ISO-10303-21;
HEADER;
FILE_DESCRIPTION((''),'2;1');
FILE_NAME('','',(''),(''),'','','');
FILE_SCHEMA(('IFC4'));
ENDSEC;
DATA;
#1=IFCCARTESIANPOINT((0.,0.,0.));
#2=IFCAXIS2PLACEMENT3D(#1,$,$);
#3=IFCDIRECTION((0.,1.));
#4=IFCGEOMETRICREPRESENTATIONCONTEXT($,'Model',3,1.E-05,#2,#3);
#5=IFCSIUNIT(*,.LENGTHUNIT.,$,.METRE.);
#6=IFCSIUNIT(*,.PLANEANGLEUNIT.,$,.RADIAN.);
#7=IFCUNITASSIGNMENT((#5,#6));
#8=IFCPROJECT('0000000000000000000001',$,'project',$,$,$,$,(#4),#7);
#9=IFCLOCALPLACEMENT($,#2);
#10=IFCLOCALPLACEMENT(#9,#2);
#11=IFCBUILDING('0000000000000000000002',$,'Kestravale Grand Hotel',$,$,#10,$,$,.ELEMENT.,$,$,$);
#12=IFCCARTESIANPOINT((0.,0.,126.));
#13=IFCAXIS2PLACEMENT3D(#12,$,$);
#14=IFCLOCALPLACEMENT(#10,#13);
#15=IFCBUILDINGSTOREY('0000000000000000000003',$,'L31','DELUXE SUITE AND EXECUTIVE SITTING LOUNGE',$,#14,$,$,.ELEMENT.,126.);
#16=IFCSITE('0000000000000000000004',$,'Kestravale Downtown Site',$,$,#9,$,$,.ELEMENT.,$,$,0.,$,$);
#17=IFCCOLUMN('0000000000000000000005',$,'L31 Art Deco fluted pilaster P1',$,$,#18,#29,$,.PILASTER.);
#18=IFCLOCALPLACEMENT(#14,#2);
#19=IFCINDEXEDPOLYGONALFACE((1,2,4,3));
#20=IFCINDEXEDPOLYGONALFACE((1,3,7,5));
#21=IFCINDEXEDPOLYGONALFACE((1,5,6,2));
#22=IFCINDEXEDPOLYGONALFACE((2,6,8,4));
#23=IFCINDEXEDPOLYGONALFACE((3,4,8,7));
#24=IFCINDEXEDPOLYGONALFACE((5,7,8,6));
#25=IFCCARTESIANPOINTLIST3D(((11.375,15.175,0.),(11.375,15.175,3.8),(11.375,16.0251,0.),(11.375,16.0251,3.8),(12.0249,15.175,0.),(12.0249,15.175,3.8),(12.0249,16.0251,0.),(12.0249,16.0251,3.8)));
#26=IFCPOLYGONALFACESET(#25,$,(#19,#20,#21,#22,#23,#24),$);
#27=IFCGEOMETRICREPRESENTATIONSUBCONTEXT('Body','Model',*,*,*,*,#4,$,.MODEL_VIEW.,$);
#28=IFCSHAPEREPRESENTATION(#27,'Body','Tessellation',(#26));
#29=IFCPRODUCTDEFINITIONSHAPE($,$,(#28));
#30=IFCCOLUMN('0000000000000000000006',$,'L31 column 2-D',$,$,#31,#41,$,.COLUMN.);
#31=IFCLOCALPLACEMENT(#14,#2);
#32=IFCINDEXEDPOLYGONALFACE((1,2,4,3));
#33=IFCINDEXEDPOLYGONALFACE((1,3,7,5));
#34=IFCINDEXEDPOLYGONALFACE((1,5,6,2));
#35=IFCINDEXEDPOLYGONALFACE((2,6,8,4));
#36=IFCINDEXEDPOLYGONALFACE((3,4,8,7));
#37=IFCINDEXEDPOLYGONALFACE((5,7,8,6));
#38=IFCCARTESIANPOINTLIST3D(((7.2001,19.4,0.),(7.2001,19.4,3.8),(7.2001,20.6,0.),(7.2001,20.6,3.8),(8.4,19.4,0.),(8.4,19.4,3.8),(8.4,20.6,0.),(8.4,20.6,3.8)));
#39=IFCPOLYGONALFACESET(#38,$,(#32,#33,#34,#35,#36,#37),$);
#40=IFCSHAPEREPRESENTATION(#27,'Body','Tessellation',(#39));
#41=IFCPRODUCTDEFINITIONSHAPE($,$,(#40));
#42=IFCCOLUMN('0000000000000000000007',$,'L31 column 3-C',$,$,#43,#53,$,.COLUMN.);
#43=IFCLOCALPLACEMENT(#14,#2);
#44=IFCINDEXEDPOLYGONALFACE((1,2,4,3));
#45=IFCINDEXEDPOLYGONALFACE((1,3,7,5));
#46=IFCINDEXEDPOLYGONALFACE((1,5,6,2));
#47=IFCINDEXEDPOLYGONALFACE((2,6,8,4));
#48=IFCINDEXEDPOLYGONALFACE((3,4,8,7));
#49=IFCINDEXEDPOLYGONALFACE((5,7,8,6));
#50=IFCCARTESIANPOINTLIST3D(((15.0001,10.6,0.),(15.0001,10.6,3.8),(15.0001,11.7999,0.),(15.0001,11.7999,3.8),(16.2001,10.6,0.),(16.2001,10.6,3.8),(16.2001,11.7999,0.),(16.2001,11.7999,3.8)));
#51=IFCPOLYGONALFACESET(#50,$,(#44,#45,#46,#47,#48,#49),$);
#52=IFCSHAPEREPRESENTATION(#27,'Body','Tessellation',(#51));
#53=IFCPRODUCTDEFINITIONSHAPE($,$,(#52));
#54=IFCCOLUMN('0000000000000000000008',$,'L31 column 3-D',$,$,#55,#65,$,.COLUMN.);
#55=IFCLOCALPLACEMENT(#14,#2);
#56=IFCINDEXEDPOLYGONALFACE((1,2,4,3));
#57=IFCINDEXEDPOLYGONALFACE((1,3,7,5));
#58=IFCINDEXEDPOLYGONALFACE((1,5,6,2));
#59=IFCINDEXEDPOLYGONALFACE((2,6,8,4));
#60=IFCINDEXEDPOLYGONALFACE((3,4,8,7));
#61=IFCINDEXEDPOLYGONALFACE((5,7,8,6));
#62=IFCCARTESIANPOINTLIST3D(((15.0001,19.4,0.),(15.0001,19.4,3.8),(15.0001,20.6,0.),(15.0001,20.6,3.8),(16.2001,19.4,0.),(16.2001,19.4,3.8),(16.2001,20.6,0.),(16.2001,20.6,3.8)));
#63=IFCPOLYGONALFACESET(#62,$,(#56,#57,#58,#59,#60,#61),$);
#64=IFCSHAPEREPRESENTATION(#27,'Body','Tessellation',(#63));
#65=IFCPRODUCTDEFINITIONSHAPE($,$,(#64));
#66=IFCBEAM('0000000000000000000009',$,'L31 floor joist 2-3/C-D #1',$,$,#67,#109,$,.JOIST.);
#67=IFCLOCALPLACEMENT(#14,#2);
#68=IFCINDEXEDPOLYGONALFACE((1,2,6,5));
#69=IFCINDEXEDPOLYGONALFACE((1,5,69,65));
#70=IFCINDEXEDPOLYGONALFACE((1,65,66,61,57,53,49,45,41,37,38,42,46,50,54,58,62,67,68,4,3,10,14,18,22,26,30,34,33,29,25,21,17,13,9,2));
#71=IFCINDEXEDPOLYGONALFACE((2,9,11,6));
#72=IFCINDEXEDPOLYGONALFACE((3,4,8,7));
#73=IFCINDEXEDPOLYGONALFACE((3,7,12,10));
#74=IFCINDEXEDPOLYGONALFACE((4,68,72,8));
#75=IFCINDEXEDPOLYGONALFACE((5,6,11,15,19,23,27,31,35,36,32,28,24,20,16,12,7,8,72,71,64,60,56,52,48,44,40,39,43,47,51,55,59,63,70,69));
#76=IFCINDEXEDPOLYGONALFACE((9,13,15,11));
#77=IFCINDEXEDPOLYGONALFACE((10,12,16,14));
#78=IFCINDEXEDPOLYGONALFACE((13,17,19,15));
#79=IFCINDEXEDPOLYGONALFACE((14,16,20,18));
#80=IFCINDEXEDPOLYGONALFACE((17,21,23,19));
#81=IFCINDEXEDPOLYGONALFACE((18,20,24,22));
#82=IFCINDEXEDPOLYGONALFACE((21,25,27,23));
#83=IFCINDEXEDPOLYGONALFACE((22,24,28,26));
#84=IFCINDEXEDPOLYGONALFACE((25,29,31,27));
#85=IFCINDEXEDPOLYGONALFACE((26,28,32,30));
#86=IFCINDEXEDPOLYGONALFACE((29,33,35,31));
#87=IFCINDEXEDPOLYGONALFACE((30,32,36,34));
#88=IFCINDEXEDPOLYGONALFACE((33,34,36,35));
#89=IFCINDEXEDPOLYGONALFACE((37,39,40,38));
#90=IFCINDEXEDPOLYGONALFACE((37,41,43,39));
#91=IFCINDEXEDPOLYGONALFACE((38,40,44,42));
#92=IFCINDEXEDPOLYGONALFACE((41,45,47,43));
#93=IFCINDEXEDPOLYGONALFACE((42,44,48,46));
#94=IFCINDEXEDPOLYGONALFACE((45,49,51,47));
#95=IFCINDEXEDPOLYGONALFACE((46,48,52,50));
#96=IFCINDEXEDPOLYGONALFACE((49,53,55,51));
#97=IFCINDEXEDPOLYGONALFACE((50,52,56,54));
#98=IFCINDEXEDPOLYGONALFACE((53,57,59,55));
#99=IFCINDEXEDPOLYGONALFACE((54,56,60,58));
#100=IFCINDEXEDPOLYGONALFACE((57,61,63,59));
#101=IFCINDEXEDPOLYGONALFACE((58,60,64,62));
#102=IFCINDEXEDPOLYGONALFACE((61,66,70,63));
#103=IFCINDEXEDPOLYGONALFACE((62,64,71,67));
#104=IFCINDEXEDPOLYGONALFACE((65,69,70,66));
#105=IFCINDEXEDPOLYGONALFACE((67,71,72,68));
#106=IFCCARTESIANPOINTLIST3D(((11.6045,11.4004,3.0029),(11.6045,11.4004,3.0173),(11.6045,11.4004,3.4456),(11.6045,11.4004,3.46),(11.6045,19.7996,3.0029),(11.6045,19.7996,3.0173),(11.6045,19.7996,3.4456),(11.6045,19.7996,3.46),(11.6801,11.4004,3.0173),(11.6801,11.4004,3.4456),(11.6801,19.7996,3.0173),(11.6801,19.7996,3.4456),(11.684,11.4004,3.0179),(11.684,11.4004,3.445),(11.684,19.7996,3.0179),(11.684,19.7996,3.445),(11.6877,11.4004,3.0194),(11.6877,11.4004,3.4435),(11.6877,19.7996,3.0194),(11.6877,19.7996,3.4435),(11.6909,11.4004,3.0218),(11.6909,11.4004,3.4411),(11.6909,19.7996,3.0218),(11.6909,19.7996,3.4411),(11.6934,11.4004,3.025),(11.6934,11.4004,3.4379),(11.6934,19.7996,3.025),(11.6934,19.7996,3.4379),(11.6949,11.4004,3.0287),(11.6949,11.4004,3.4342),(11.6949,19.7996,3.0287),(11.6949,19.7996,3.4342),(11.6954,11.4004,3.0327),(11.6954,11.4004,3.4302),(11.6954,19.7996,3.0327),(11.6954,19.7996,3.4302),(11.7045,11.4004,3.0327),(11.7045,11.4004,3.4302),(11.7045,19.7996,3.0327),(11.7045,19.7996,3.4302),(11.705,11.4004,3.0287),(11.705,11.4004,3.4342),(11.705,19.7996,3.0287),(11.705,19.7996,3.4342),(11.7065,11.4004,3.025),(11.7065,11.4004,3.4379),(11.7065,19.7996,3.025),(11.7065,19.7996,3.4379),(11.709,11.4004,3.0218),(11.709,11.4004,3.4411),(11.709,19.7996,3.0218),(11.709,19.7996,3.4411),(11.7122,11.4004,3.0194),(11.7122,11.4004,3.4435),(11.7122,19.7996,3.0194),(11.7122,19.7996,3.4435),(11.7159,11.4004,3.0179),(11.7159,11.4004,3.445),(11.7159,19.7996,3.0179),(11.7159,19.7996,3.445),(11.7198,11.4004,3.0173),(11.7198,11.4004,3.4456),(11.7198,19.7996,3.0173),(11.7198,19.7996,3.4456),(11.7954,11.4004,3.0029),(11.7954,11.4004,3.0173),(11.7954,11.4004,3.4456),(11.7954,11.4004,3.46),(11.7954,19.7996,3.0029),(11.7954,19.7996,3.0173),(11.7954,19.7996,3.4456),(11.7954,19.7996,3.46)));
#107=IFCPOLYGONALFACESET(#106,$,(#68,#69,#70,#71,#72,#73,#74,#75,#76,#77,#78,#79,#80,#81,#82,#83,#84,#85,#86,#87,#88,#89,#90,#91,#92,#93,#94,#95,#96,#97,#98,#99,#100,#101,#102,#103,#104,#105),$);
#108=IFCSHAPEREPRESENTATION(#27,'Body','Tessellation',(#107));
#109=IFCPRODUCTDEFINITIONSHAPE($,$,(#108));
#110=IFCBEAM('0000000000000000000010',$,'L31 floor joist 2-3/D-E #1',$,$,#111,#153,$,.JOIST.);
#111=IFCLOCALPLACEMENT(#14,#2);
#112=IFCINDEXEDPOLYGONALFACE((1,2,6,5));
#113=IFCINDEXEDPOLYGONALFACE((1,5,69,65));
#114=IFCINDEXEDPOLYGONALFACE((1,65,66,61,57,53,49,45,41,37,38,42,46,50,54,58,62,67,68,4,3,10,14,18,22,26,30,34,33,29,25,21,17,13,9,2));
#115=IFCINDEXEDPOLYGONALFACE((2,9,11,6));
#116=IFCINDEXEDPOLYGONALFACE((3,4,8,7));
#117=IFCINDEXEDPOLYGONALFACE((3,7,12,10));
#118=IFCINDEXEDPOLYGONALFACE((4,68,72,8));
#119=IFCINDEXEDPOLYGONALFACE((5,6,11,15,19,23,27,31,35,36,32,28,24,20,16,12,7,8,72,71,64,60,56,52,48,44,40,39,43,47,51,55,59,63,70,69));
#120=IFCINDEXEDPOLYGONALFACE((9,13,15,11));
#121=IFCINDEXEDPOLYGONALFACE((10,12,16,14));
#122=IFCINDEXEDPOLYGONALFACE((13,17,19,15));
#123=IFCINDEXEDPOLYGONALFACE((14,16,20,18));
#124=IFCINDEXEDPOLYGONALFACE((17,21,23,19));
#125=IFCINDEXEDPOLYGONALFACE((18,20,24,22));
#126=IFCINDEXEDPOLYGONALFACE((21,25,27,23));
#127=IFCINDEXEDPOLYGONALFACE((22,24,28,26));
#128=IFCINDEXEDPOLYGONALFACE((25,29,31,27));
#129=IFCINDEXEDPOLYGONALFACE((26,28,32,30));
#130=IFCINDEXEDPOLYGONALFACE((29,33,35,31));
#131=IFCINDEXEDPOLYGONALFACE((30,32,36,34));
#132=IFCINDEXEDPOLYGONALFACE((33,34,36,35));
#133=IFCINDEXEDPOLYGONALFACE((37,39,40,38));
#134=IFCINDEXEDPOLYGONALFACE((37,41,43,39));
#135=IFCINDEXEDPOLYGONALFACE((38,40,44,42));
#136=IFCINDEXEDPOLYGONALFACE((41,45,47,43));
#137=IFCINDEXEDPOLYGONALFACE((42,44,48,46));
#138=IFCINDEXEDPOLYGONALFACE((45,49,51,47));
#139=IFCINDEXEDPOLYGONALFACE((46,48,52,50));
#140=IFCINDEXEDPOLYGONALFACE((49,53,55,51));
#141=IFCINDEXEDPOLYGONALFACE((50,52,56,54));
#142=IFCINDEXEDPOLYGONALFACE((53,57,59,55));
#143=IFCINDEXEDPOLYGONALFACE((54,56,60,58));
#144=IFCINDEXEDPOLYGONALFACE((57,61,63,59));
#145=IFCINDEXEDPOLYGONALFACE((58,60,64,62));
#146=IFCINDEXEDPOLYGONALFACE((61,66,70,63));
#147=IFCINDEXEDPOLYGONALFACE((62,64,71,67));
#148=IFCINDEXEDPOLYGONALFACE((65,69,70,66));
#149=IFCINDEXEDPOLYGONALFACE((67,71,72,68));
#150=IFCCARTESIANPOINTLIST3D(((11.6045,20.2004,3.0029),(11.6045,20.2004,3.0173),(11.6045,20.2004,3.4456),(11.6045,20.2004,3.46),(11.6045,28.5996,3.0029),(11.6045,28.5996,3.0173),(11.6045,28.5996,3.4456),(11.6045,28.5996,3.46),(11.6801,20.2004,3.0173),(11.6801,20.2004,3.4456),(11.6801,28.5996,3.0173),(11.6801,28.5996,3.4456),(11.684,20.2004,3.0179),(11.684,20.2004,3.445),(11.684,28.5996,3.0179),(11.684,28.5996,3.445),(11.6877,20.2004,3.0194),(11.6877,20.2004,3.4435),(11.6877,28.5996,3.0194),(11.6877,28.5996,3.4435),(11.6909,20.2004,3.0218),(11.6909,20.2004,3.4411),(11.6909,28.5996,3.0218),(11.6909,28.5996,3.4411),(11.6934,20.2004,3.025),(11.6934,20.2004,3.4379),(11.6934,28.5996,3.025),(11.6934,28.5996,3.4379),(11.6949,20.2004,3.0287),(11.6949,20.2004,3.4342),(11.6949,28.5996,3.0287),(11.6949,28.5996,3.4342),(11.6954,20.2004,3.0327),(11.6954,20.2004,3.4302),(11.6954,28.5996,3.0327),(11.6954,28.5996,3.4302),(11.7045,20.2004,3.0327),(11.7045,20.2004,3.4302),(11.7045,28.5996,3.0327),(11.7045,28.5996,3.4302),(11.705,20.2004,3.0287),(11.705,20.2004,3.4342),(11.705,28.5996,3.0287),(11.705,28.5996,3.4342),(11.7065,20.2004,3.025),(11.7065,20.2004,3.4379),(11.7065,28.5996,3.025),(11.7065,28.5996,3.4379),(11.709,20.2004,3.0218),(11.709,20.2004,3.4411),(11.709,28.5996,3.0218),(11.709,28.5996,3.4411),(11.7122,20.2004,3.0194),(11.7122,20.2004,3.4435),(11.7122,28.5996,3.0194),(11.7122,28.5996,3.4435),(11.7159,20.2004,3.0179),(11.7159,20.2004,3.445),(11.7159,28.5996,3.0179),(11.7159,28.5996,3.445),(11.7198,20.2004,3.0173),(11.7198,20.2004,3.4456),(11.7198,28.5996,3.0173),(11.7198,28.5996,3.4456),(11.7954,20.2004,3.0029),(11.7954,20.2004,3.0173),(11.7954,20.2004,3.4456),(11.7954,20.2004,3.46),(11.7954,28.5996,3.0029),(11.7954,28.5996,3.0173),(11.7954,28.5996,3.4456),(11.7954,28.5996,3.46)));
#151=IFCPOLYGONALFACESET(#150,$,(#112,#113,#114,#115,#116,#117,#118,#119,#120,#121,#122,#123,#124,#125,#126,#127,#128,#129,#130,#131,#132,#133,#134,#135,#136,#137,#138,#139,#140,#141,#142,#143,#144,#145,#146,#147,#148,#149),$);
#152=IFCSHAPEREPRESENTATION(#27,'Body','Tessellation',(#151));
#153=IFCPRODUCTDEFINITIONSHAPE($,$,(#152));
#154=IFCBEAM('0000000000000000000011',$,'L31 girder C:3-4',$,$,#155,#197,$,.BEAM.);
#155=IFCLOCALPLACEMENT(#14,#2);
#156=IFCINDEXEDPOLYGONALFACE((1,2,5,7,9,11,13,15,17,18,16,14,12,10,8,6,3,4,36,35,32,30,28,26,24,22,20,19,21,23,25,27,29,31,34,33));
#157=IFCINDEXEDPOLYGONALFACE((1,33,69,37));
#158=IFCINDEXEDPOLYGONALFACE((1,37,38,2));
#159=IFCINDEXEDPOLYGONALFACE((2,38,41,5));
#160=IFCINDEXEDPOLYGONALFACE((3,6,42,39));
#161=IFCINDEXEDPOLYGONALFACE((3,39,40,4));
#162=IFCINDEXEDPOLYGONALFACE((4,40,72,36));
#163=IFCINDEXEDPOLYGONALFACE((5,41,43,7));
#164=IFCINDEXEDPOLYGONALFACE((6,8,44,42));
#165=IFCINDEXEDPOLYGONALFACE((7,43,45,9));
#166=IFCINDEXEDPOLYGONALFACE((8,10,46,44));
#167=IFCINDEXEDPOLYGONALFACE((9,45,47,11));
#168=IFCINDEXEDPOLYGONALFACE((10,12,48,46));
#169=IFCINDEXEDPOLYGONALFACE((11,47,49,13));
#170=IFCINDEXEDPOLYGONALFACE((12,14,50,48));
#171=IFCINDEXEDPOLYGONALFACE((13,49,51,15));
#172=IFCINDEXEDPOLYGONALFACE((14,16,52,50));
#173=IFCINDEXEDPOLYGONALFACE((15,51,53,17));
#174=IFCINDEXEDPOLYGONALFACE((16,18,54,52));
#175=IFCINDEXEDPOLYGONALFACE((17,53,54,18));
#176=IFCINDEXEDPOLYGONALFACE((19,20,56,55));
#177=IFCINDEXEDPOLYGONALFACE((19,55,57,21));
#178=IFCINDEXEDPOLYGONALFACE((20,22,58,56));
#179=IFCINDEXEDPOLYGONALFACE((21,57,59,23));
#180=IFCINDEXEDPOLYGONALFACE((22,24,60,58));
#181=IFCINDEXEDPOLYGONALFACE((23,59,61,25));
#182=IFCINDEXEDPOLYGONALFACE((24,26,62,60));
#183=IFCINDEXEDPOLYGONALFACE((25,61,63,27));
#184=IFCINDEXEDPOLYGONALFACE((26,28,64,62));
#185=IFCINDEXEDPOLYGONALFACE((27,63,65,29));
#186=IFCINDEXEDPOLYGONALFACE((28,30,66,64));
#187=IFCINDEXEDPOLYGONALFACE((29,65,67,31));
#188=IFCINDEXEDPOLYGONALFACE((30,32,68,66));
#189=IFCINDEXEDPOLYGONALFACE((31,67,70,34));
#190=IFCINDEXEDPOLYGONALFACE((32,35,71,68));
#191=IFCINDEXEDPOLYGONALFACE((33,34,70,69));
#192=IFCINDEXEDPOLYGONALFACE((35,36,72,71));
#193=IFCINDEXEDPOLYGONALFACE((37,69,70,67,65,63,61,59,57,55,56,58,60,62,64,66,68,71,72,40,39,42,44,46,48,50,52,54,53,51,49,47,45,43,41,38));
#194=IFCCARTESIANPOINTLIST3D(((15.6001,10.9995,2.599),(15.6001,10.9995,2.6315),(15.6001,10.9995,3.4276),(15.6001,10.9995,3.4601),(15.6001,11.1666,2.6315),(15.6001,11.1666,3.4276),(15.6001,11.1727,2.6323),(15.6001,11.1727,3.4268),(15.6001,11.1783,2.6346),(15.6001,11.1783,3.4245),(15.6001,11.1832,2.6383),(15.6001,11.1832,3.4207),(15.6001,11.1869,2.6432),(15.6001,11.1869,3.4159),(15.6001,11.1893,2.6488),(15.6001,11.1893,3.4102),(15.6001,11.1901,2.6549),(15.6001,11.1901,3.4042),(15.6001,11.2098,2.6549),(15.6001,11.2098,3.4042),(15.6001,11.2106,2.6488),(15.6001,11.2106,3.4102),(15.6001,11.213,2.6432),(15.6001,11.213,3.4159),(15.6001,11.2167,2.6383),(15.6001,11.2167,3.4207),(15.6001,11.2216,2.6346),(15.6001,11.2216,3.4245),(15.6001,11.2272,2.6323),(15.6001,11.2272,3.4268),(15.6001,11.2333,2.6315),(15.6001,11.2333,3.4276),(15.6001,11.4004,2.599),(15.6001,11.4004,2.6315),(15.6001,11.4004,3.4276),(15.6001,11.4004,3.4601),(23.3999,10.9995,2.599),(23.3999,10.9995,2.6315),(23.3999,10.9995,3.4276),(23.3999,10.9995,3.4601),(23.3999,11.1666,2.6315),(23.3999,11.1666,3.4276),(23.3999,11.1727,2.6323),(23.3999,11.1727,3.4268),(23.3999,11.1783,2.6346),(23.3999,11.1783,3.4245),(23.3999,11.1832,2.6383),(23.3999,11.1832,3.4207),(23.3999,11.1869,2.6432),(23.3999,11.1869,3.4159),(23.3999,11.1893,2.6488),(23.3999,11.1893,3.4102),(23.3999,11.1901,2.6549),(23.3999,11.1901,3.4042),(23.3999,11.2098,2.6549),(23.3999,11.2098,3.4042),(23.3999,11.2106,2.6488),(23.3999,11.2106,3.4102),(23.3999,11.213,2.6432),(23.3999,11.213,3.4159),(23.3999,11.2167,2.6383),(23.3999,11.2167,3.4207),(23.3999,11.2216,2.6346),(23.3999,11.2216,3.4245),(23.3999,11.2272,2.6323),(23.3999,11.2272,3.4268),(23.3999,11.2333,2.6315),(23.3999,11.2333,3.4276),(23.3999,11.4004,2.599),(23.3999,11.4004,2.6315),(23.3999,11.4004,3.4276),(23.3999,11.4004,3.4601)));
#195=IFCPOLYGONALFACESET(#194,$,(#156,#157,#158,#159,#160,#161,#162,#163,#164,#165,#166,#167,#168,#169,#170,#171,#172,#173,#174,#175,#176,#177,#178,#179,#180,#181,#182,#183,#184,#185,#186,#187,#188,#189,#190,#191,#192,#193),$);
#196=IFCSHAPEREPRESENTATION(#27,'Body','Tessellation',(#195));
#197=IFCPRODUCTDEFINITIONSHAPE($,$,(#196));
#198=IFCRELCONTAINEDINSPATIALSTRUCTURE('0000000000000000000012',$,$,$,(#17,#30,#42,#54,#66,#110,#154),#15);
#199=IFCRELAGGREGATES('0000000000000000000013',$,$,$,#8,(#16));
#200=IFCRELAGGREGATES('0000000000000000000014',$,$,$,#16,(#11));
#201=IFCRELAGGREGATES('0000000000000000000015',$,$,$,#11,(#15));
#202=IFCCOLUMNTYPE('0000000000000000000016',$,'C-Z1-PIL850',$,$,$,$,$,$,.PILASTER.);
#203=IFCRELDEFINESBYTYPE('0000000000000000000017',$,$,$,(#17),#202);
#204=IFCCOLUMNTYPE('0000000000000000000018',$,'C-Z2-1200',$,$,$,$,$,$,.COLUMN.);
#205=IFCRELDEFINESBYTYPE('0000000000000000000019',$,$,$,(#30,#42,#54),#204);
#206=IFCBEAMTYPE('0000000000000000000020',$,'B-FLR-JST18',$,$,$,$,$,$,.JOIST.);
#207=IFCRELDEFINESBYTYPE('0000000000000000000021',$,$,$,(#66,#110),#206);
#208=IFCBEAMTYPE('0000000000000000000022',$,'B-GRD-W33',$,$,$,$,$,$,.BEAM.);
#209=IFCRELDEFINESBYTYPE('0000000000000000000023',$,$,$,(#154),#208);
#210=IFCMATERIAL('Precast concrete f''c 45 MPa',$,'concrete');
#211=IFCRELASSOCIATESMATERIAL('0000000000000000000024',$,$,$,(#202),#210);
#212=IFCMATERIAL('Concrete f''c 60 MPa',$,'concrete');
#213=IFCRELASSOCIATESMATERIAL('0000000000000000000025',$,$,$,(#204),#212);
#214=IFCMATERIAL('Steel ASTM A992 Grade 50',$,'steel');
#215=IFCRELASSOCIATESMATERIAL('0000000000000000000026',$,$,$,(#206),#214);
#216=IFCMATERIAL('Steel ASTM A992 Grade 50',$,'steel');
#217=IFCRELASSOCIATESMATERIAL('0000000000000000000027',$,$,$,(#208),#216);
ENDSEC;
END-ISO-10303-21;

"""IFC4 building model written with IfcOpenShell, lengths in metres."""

from ifc_helpers import new_model, si_unit, direction, frame, origin, origin_2d, place, context, subcontext, project, spatial, rectangle, i_section, extrude, material, material_profile, profile_set, type_object, element, save


model = new_model("IFC4")

# Units and contexts
model_context = context("Model", 3, precision=1e-05, world=origin(), true_north=direction((0.0, 1.0)))
body_context = subcontext(model_context, "Body", "Model", "MODEL_VIEW")
ifc_project = project(units=[si_unit("LENGTHUNIT", "METRE"), si_unit("PLANEANGLEUNIT", "RADIAN")], contexts=[model_context])

# Site, building, storey
site_placement = place(None, origin())
site = spatial("IfcSite", under=ifc_project, at=site_placement, Name="Kestravale Downtown Site", CompositionType="ELEMENT", RefElevation=0.0)
building_placement = place(site_placement, origin())
building = spatial("IfcBuilding", under=site, at=building_placement, Name="Kestravale Grand Hotel", CompositionType="ELEMENT")
storey_placement = place(building_placement, frame((0.0, 0.0, 126.0)))
storey = spatial("IfcBuildingStorey", under=building, at=storey_placement, Name="L31", Description="DELUXE SUITE AND EXECUTIVE SITTING LOUNGE", CompositionType="ELEMENT", Elevation=126.0)

# Columns
ifc_material_1 = material(Name="Precast concrete f'c 45 MPa", Category="concrete")
ifc_material_profile_1 = material_profile(ifc_material_1, rectangle(XDim=0.6499, YDim=0.8501, at=origin_2d()))
ifc_profile_set_1 = profile_set([ifc_material_profile_1], Name="Precast concrete f'c 45 MPa")
column_type_1 = type_object("IfcColumnType", Name="C-Z1-PIL850", PredefinedType="PILASTER", material=ifc_profile_set_1)
column_placement = place(storey_placement, frame((11.7, 15.6001, 0.0), z_axis=(0.0, 0.0, 1.0), x_axis=(1.0, 0.0, 0.0)))
element("IfcColumn", 1, at=column_placement, inside=storey, type_object=column_type_1, Name="L31 Art Deco fluted pilaster P1", PredefinedType="PILASTER", context=body_context, shape_type="SweptSolid", body=[
    extrude(rectangle(XDim=0.6499, YDim=0.8501, at=origin_2d()), origin(), (0.0, 0.0, 1.0), 3.8),
])
ifc_material_2 = material(Name="Concrete f'c 60 MPa", Category="concrete")
ifc_material_profile_2 = material_profile(ifc_material_2, rectangle(XDim=1.2, YDim=1.2, at=origin_2d()))
ifc_profile_set_2 = profile_set([ifc_material_profile_2], Name="Concrete f'c 60 MPa")
column_type_2 = type_object("IfcColumnType", Name="C-Z2-1200", PredefinedType="COLUMN", material=ifc_profile_set_2)
for number, where, z_axis, x_axis, name in (
    (2, (7.8, 20.0, 0.0), (0.0, 0.0, 1.0), (1.0, 0.0, 0.0), "L31 column 2-D"),
    (3, (15.6001, 11.2, 0.0), (0.0, 0.0, 1.0), (1.0, 0.0, 0.0), "L31 column 3-C"),
    (4, (15.6001, 20.0, 0.0), (0.0, 0.0, 1.0), (1.0, 0.0, 0.0), "L31 column 3-D"),
):
    element("IfcColumn", number, at=place(storey_placement, frame(where, z_axis=z_axis, x_axis=x_axis)), inside=storey, type_object=column_type_2, Name=name, PredefinedType="COLUMN", context=body_context, shape_type="SweptSolid", body=[
        extrude(rectangle(XDim=1.2, YDim=1.2, at=origin_2d()), origin(), (0.0, 0.0, 1.0), 3.8),
    ])

# Beams
ifc_material_3 = material(Name="Steel ASTM A992 Grade 50", Category="steel")
ifc_material_profile_3 = material_profile(ifc_material_3, i_section(OverallWidth=0.1909, OverallDepth=0.457, WebThickness=0.009, FlangeThickness=0.0144, FilletRadius=0.0154, at=origin_2d()))
ifc_profile_set_3 = profile_set([ifc_material_profile_3], Name="Steel ASTM A992 Grade 50")
beam_type_1 = type_object("IfcBeamType", Name="B-FLR-JST18", PredefinedType="JOIST", material=ifc_profile_set_3)
for number, where, z_axis, x_axis, name in (
    (5, (11.7, 11.4004, 3.2314), (0.0, 1.0, 0.0), (-1.0, 0.0, 0.0), "L31 floor joist 2-3/C-D #1"),
    (6, (11.7, 20.2004, 3.2314), (0.0, 1.0, 0.0), (-1.0, 0.0, 0.0), "L31 floor joist 2-3/D-E #1"),
):
    element("IfcBeam", number, at=place(storey_placement, frame(where, z_axis=z_axis, x_axis=x_axis)), inside=storey, type_object=beam_type_1, Name=name, PredefinedType="JOIST", context=body_context, shape_type="SweptSolid", body=[
        extrude(i_section(OverallWidth=0.1909, OverallDepth=0.457, WebThickness=0.009, FlangeThickness=0.0144, FilletRadius=0.0154, at=origin_2d()), origin(), (0.0, 0.0, 1.0), 8.3992),
    ])
ifc_material_4 = material(Name="Steel ASTM A992 Grade 50", Category="steel")
ifc_material_profile_4 = material_profile(ifc_material_4, i_section(OverallWidth=0.4009, OverallDepth=0.8611, WebThickness=0.0198, FlangeThickness=0.0325, FilletRadius=0.0234, at=origin_2d()))
ifc_profile_set_4 = profile_set([ifc_material_profile_4], Name="Steel ASTM A992 Grade 50")
beam_type_2 = type_object("IfcBeamType", Name="B-GRD-W33", PredefinedType="BEAM", material=ifc_profile_set_4)
beam_1_placement = place(storey_placement, frame((15.6001, 11.2, 3.0295), z_axis=(1.0, 0.0, 0.0), x_axis=(0.0, 1.0, 0.0)))
element("IfcBeam", 7, at=beam_1_placement, inside=storey, type_object=beam_type_2, Name="L31 girder C:3-4", PredefinedType="BEAM", context=body_context, shape_type="SweptSolid", body=[
    extrude(i_section(OverallWidth=0.4009, OverallDepth=0.8611, WebThickness=0.0198, FlangeThickness=0.0325, FilletRadius=0.0234, at=origin_2d()), origin(), (0.0, 0.0, 1.0), 7.7998),
])

save(model, "model.ifc")
